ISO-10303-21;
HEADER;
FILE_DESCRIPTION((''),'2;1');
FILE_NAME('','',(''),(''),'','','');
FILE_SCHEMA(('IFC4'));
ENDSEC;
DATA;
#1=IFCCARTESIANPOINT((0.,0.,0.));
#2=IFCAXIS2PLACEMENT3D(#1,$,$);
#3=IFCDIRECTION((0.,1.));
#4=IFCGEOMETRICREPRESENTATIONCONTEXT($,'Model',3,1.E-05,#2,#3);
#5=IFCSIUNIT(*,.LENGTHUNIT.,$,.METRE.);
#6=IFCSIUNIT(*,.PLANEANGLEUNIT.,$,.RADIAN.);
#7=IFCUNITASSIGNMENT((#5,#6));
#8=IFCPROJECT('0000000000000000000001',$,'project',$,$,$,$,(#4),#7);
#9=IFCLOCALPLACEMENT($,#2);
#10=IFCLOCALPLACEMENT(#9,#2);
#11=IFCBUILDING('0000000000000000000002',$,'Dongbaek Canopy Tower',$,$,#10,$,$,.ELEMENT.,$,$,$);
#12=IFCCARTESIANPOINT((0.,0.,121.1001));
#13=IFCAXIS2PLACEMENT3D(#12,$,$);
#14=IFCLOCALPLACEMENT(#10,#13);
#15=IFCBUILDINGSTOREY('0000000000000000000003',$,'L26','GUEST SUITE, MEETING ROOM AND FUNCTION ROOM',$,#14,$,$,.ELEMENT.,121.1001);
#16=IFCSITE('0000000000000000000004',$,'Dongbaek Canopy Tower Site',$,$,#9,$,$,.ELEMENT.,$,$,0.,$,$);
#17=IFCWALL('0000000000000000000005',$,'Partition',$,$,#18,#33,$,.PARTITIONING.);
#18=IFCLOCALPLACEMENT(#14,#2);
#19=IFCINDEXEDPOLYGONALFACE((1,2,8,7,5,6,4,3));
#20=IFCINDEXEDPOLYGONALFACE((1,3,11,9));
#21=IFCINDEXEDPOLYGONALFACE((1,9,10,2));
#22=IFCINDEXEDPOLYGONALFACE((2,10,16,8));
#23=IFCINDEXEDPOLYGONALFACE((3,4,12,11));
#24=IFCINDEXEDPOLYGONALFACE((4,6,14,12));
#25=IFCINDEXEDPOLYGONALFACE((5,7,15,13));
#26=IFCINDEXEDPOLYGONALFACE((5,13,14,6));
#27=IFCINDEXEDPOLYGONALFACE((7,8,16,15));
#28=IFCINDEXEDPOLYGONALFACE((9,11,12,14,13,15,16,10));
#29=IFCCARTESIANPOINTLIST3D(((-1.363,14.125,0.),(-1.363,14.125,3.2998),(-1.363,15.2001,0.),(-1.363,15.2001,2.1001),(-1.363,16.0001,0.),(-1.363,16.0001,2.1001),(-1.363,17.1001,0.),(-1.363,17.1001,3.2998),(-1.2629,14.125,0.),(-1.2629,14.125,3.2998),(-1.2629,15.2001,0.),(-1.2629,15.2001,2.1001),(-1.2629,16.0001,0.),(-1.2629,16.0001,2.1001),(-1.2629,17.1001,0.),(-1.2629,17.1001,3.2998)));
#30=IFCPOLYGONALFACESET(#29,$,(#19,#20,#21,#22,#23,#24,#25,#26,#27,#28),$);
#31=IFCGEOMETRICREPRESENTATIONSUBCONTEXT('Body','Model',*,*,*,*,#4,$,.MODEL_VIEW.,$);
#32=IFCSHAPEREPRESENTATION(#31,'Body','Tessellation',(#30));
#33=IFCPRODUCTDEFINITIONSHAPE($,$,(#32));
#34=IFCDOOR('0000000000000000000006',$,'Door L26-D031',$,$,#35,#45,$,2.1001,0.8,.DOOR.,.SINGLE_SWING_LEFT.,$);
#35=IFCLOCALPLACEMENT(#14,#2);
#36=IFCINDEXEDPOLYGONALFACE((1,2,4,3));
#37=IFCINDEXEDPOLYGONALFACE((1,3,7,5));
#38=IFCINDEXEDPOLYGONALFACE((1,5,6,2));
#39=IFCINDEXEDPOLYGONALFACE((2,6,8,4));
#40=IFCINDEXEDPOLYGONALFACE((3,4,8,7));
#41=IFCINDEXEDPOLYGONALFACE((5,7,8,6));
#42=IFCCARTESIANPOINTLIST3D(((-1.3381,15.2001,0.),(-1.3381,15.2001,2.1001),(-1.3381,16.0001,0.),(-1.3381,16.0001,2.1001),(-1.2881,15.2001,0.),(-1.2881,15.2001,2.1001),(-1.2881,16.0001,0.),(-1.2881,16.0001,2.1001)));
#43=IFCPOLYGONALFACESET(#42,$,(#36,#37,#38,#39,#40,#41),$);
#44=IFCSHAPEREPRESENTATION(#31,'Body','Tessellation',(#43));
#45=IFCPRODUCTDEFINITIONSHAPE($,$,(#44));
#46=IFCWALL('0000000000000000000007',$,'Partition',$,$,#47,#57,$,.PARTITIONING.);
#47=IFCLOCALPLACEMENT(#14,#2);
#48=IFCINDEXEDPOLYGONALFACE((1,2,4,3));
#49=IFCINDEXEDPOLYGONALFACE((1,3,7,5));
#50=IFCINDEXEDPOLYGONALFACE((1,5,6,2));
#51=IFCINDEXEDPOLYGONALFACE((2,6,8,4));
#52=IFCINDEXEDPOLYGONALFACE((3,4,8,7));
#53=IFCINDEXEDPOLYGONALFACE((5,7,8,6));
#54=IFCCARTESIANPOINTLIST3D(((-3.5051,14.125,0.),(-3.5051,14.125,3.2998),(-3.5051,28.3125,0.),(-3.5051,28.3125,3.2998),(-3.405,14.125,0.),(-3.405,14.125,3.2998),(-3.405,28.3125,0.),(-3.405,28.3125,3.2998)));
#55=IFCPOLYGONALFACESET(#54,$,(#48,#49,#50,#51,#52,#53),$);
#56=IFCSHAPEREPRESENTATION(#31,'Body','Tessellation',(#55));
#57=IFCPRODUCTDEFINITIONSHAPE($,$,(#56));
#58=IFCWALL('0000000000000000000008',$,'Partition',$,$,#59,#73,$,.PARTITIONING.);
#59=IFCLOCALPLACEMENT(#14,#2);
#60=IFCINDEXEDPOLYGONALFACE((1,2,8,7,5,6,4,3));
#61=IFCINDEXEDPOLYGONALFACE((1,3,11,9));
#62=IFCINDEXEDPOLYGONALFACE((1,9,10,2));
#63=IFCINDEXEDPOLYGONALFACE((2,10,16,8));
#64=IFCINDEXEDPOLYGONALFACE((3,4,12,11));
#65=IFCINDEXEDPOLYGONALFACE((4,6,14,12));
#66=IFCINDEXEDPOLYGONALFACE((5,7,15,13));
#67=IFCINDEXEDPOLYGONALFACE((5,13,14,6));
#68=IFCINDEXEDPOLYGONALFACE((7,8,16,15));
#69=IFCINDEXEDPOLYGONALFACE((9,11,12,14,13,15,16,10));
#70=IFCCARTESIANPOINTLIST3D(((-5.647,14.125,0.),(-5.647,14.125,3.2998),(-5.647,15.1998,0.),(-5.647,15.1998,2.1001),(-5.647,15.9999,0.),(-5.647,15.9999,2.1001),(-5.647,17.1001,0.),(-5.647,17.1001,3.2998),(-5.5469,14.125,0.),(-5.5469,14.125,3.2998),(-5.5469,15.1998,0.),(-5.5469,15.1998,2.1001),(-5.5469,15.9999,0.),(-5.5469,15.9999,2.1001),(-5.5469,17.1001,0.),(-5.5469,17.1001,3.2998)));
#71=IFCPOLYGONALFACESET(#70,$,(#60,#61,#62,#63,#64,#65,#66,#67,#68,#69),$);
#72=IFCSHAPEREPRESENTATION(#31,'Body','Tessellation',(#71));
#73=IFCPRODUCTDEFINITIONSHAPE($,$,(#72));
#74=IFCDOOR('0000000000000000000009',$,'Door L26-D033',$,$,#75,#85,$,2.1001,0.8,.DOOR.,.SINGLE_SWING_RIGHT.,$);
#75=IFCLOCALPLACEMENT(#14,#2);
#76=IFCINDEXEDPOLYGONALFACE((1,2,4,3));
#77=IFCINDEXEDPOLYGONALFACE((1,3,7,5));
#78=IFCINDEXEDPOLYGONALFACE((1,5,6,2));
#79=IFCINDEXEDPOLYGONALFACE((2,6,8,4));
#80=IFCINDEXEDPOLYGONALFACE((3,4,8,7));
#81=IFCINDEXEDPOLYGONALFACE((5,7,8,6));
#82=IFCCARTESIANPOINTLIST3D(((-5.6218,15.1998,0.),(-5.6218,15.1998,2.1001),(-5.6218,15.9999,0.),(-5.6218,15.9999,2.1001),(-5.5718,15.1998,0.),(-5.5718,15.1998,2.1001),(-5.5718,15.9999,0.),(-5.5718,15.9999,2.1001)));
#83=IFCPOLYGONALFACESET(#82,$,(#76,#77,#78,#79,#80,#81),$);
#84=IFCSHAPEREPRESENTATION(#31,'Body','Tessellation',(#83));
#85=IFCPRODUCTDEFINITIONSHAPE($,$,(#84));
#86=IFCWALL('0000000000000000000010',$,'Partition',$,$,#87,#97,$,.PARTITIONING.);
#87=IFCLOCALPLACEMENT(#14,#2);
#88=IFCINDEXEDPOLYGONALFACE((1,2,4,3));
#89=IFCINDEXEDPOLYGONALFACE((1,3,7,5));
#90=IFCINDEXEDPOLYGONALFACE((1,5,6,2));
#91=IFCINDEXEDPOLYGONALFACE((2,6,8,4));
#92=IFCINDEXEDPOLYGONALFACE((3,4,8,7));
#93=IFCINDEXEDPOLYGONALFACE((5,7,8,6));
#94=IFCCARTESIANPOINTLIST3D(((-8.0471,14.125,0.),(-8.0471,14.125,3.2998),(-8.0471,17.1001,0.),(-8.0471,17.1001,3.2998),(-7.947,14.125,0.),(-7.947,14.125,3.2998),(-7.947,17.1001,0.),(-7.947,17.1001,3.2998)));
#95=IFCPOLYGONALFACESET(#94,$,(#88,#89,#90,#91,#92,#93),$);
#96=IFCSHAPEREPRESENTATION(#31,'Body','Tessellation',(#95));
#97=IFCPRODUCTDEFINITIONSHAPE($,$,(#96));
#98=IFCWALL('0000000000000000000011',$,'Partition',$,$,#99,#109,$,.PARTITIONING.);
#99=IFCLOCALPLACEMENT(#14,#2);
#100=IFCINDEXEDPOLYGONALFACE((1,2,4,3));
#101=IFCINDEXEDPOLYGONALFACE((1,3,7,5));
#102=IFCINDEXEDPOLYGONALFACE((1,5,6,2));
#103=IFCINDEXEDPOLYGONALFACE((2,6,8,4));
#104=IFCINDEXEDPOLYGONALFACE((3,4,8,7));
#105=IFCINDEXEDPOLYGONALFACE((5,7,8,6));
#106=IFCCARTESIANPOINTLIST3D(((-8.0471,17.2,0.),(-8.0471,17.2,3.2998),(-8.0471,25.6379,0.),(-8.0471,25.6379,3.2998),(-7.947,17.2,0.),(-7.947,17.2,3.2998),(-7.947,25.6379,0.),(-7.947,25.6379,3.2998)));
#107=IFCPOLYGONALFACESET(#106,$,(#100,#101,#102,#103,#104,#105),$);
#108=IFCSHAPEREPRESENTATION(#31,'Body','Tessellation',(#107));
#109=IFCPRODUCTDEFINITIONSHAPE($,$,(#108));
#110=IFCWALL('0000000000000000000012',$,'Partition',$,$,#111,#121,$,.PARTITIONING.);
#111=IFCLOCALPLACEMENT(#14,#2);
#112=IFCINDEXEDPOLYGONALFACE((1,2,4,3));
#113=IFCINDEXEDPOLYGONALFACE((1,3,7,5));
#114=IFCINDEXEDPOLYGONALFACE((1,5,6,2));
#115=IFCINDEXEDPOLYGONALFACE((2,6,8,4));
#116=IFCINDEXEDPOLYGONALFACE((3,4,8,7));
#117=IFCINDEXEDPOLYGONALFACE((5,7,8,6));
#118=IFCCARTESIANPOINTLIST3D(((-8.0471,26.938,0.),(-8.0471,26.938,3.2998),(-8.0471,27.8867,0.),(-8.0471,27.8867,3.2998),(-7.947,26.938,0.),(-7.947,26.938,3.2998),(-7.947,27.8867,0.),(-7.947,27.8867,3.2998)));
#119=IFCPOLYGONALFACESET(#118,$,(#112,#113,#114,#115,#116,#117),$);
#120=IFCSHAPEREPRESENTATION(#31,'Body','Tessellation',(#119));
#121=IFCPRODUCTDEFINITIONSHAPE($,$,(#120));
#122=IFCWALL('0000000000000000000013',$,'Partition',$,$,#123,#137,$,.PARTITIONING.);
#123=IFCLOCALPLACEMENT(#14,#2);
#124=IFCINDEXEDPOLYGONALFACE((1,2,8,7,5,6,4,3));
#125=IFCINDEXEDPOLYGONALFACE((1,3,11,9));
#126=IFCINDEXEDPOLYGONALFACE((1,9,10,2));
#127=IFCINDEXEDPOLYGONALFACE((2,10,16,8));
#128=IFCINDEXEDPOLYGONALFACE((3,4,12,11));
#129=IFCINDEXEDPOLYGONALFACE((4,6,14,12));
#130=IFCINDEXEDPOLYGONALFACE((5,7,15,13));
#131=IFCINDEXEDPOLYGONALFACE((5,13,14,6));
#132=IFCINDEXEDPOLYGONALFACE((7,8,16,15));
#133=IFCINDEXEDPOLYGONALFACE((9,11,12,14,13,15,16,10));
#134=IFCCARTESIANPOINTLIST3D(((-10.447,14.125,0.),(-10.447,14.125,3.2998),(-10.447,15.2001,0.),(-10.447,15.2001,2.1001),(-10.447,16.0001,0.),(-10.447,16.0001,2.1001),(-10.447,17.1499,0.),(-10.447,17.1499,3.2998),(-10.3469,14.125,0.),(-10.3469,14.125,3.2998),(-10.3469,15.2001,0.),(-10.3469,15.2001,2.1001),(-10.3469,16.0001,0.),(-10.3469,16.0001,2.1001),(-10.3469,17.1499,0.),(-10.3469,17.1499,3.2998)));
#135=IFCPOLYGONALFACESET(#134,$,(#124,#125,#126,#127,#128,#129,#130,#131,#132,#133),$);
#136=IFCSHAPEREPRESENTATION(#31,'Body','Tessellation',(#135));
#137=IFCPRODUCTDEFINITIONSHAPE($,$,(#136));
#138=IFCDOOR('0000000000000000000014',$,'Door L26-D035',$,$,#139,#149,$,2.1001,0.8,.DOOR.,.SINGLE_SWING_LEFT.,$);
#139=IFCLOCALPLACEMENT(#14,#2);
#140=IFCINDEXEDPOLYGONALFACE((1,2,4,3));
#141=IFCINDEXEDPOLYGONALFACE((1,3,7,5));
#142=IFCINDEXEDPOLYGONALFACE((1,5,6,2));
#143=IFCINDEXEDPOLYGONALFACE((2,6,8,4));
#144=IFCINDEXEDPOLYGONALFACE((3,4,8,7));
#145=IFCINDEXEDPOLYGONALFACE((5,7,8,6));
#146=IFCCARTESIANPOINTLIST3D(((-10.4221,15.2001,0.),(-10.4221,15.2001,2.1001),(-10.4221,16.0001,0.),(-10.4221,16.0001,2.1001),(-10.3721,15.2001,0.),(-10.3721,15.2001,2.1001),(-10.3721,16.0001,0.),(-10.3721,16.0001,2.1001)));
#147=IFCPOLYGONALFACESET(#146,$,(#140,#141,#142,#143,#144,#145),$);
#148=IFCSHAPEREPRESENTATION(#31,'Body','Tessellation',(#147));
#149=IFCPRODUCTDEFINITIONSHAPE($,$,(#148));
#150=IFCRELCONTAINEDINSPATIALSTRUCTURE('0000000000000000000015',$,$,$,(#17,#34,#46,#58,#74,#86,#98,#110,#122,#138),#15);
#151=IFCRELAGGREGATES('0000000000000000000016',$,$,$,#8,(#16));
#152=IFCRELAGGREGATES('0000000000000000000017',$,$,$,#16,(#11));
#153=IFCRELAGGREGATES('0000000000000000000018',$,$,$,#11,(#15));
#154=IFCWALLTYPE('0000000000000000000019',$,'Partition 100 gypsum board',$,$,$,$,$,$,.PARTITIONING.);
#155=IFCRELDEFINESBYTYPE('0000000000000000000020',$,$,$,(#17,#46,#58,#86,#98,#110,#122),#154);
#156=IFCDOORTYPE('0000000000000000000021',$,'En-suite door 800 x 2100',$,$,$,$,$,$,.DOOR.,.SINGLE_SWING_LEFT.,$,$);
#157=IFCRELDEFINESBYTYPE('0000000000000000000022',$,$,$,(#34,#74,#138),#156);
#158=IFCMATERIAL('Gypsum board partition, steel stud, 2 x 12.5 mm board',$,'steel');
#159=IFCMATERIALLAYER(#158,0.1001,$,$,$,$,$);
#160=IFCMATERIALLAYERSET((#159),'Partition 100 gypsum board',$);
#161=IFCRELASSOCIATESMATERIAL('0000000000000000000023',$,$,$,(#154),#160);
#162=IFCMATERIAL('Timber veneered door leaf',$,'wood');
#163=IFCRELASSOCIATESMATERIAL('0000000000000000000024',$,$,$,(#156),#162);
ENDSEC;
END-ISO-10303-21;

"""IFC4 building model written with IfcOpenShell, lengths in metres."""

from ifc_helpers import new_model, si_unit, direction, frame, frame_2d, origin, place, context, subcontext, project, spatial, rectangle, extrude, material, layer, layer_set, type_object, element, fill, save


model = new_model("IFC4")

# Units and contexts
model_context = context("Model", 3, precision=1e-05, world=origin(), true_north=direction((0.0, 1.0)))
body_context = subcontext(model_context, "Body", "Model", "MODEL_VIEW")
ifc_project = project(units=[si_unit("LENGTHUNIT", "METRE"), si_unit("PLANEANGLEUNIT", "RADIAN")], contexts=[model_context])

# Site, building, storey
site_placement = place(None, origin())
site = spatial("IfcSite", under=ifc_project, at=site_placement, Name="Dongbaek Canopy Tower Site", CompositionType="ELEMENT", RefElevation=0.0)
building_placement = place(site_placement, origin())
building = spatial("IfcBuilding", under=site, at=building_placement, Name="Dongbaek Canopy Tower", CompositionType="ELEMENT")
storey_placement = place(building_placement, frame((0.0, 0.0, 121.1001)))
storey = spatial("IfcBuildingStorey", under=building, at=storey_placement, Name="L26", Description="GUEST SUITE, MEETING ROOM AND FUNCTION ROOM", CompositionType="ELEMENT", Elevation=121.1001)

# Shared definitions
ifc_material_1 = material(Name="Gypsum board partition, steel stud, 2 x 12.5 mm board", Category="steel")
ifc_layer_1 = layer(ifc_material_1, 0.1001)
ifc_layer_set_1 = layer_set([ifc_layer_1], Name="Partition 100 gypsum board")
wall_type_1 = type_object("IfcWallType", Name="Partition 100 gypsum board", PredefinedType="PARTITIONING", material=ifc_layer_set_1)

# Wall, opening, door
wall_1_placement = place(storey_placement, frame((-1.313, 17.1001, 0.0), z_axis=(0.0, 0.0, 1.0), x_axis=(0.0, -1.0, 0.0)))
wall_1 = element("IfcWall", 1, at=wall_1_placement, inside=storey, type_object=wall_type_1, Name="Partition", PredefinedType="PARTITIONING", context=body_context, shape_type="SweptSolid", body=[
    extrude(rectangle(XDim=2.9751, YDim=0.1001, at=frame_2d((1.4875, 0.0))), origin(), (0.0, 0.0, 1.0), 3.2998),
])
opening_1_placement = place(wall_1_placement, frame((1.1001, 0.0, 0.0)))
opening_1 = element("IfcOpeningElement", 2, at=opening_1_placement, cuts=wall_1, PredefinedType="OPENING", context=body_context, shape_type="SweptSolid", body=[
    extrude(rectangle(XDim=0.8, YDim=2.1001, at=frame_2d((0.3999, 1.05))), frame((0.0, 0.0601, 0.0), z_axis=(0.0, -1.0, 0.0), x_axis=(1.0, 0.0, 0.0)), (0.0, 0.0, 1.0), 0.1201),
])
ifc_material_2 = material(Name="Timber veneered door leaf", Category="wood")
door_type = type_object("IfcDoorType", Name="En-suite door 800 x 2100", OperationType="SINGLE_SWING_LEFT", PredefinedType="DOOR", material=ifc_material_2)
door_1_placement = place(opening_1_placement, origin())
door_1 = element("IfcDoor", 3, at=door_1_placement, inside=storey, type_object=door_type, Name="Door L26-D031", OperationType="SINGLE_SWING_LEFT", OverallHeight=2.1001, OverallWidth=0.8, PredefinedType="DOOR", context=body_context, shape_type="SweptSolid", body=[
    extrude(rectangle(XDim=0.8, YDim=2.1001, at=frame_2d((0.3999, 1.05))), frame((0.0, 0.0249, 0.0), z_axis=(0.0, -1.0, 0.0), x_axis=(1.0, 0.0, 0.0)), (0.0, 0.0, 1.0), 0.05),
])
fill(opening_1, door_1)

# Wall
wall_2_placement = place(storey_placement, frame((-3.4551, 14.125, 0.0), z_axis=(0.0, 0.0, 1.0), x_axis=(0.0, 1.0, 0.0)))
element("IfcWall", 4, at=wall_2_placement, inside=storey, type_object=wall_type_1, Name="Partition", PredefinedType="PARTITIONING", context=body_context, shape_type="SweptSolid", body=[
    extrude(rectangle(XDim=14.1875, YDim=0.1001, at=frame_2d((7.0938, 0.0))), origin(), (0.0, 0.0, 1.0), 3.2998),
])

# Wall, opening, door
wall_3_placement = place(storey_placement, frame((-5.5969, 14.125, 0.0), z_axis=(0.0, 0.0, 1.0), x_axis=(0.0, 1.0, 0.0)))
wall_3 = element("IfcWall", 5, at=wall_3_placement, inside=storey, type_object=wall_type_1, Name="Partition", PredefinedType="PARTITIONING", context=body_context, shape_type="SweptSolid", body=[
    extrude(rectangle(XDim=2.9751, YDim=0.1001, at=frame_2d((1.4875, 0.0))), origin(), (0.0, 0.0, 1.0), 3.2998),
])
opening_2_placement = place(wall_3_placement, frame((1.075, 0.0, 0.0)))
opening_2 = element("IfcOpeningElement", 6, at=opening_2_placement, cuts=wall_3, PredefinedType="OPENING", context=body_context, shape_type="SweptSolid", body=[
    extrude(rectangle(XDim=0.8, YDim=2.1001, at=frame_2d((0.3999, 1.05))), frame((0.0, 0.0601, 0.0), z_axis=(0.0, -1.0, 0.0), x_axis=(1.0, 0.0, 0.0)), (0.0, 0.0, 1.0), 0.1201),
])
door_2_placement = place(opening_2_placement, origin())
door_2 = element("IfcDoor", 7, at=door_2_placement, inside=storey, type_object=door_type, Name="Door L26-D033", OperationType="SINGLE_SWING_RIGHT", OverallHeight=2.1001, OverallWidth=0.8, PredefinedType="DOOR", context=body_context, shape_type="SweptSolid", body=[
    extrude(rectangle(XDim=0.8, YDim=2.1001, at=frame_2d((0.3999, 1.05))), frame((0.0, 0.0249, 0.0), z_axis=(0.0, -1.0, 0.0), x_axis=(1.0, 0.0, 0.0)), (0.0, 0.0, 1.0), 0.05),
])
fill(opening_2, door_2)

# Walls
wall_4_placement = place(storey_placement, frame((-7.9971, 14.125, 0.0), z_axis=(0.0, 0.0, 1.0), x_axis=(0.0, 1.0, 0.0)))
element("IfcWall", 8, at=wall_4_placement, inside=storey, type_object=wall_type_1, Name="Partition", PredefinedType="PARTITIONING", context=body_context, shape_type="SweptSolid", body=[
    extrude(rectangle(XDim=2.9751, YDim=0.1001, at=frame_2d((1.4875, 0.0))), origin(), (0.0, 0.0, 1.0), 3.2998),
])
wall_5_placement = place(storey_placement, frame((-7.9971, 17.2, 0.0), z_axis=(0.0, 0.0, 1.0), x_axis=(0.0, 1.0, 0.0)))
element("IfcWall", 9, at=wall_5_placement, inside=storey, type_object=wall_type_1, Name="Partition", PredefinedType="PARTITIONING", context=body_context, shape_type="SweptSolid", body=[
    extrude(rectangle(XDim=8.438, YDim=0.1001, at=frame_2d((4.219, 0.0))), origin(), (0.0, 0.0, 1.0), 3.2998),
])
wall_6_placement = place(storey_placement, frame((-7.9971, 26.938, 0.0), z_axis=(0.0, 0.0, 1.0), x_axis=(0.0, 1.0, 0.0)))
element("IfcWall", 10, at=wall_6_placement, inside=storey, type_object=wall_type_1, Name="Partition", PredefinedType="PARTITIONING", context=body_context, shape_type="SweptSolid", body=[
    extrude(rectangle(XDim=0.9487, YDim=0.1001, at=frame_2d((0.4744, 0.0))), origin(), (0.0, 0.0, 1.0), 3.2998),
])

# Wall, opening, door
wall_7_placement = place(storey_placement, frame((-10.397, 17.1499, 0.0), z_axis=(0.0, 0.0, 1.0), x_axis=(0.0, -1.0, 0.0)))
wall_7 = element("IfcWall", 11, at=wall_7_placement, inside=storey, type_object=wall_type_1, Name="Partition", PredefinedType="PARTITIONING", context=body_context, shape_type="SweptSolid", body=[
    extrude(rectangle(XDim=3.0249, YDim=0.1001, at=frame_2d((1.5125, 0.0))), origin(), (0.0, 0.0, 1.0), 3.2998),
])
opening_3_placement = place(wall_7_placement, frame((1.1499, 0.0, 0.0)))
opening_3 = element("IfcOpeningElement", 12, at=opening_3_placement, cuts=wall_7, PredefinedType="OPENING", context=body_context, shape_type="SweptSolid", body=[
    extrude(rectangle(XDim=0.8, YDim=2.1001, at=frame_2d((0.3999, 1.05))), frame((0.0, 0.0601, 0.0), z_axis=(0.0, -1.0, 0.0), x_axis=(1.0, 0.0, 0.0)), (0.0, 0.0, 1.0), 0.1201),
])
door_3_placement = place(opening_3_placement, origin())
door_3 = element("IfcDoor", 13, at=door_3_placement, inside=storey, type_object=door_type, Name="Door L26-D035", OperationType="SINGLE_SWING_LEFT", OverallHeight=2.1001, OverallWidth=0.8, PredefinedType="DOOR", context=body_context, shape_type="SweptSolid", body=[
    extrude(rectangle(XDim=0.8, YDim=2.1001, at=frame_2d((0.3999, 1.05))), frame((0.0, 0.0249, 0.0), z_axis=(0.0, -1.0, 0.0), x_axis=(1.0, 0.0, 0.0)), (0.0, 0.0, 1.0), 0.05),
])
fill(opening_3, door_3)

save(model, "model.ifc")
